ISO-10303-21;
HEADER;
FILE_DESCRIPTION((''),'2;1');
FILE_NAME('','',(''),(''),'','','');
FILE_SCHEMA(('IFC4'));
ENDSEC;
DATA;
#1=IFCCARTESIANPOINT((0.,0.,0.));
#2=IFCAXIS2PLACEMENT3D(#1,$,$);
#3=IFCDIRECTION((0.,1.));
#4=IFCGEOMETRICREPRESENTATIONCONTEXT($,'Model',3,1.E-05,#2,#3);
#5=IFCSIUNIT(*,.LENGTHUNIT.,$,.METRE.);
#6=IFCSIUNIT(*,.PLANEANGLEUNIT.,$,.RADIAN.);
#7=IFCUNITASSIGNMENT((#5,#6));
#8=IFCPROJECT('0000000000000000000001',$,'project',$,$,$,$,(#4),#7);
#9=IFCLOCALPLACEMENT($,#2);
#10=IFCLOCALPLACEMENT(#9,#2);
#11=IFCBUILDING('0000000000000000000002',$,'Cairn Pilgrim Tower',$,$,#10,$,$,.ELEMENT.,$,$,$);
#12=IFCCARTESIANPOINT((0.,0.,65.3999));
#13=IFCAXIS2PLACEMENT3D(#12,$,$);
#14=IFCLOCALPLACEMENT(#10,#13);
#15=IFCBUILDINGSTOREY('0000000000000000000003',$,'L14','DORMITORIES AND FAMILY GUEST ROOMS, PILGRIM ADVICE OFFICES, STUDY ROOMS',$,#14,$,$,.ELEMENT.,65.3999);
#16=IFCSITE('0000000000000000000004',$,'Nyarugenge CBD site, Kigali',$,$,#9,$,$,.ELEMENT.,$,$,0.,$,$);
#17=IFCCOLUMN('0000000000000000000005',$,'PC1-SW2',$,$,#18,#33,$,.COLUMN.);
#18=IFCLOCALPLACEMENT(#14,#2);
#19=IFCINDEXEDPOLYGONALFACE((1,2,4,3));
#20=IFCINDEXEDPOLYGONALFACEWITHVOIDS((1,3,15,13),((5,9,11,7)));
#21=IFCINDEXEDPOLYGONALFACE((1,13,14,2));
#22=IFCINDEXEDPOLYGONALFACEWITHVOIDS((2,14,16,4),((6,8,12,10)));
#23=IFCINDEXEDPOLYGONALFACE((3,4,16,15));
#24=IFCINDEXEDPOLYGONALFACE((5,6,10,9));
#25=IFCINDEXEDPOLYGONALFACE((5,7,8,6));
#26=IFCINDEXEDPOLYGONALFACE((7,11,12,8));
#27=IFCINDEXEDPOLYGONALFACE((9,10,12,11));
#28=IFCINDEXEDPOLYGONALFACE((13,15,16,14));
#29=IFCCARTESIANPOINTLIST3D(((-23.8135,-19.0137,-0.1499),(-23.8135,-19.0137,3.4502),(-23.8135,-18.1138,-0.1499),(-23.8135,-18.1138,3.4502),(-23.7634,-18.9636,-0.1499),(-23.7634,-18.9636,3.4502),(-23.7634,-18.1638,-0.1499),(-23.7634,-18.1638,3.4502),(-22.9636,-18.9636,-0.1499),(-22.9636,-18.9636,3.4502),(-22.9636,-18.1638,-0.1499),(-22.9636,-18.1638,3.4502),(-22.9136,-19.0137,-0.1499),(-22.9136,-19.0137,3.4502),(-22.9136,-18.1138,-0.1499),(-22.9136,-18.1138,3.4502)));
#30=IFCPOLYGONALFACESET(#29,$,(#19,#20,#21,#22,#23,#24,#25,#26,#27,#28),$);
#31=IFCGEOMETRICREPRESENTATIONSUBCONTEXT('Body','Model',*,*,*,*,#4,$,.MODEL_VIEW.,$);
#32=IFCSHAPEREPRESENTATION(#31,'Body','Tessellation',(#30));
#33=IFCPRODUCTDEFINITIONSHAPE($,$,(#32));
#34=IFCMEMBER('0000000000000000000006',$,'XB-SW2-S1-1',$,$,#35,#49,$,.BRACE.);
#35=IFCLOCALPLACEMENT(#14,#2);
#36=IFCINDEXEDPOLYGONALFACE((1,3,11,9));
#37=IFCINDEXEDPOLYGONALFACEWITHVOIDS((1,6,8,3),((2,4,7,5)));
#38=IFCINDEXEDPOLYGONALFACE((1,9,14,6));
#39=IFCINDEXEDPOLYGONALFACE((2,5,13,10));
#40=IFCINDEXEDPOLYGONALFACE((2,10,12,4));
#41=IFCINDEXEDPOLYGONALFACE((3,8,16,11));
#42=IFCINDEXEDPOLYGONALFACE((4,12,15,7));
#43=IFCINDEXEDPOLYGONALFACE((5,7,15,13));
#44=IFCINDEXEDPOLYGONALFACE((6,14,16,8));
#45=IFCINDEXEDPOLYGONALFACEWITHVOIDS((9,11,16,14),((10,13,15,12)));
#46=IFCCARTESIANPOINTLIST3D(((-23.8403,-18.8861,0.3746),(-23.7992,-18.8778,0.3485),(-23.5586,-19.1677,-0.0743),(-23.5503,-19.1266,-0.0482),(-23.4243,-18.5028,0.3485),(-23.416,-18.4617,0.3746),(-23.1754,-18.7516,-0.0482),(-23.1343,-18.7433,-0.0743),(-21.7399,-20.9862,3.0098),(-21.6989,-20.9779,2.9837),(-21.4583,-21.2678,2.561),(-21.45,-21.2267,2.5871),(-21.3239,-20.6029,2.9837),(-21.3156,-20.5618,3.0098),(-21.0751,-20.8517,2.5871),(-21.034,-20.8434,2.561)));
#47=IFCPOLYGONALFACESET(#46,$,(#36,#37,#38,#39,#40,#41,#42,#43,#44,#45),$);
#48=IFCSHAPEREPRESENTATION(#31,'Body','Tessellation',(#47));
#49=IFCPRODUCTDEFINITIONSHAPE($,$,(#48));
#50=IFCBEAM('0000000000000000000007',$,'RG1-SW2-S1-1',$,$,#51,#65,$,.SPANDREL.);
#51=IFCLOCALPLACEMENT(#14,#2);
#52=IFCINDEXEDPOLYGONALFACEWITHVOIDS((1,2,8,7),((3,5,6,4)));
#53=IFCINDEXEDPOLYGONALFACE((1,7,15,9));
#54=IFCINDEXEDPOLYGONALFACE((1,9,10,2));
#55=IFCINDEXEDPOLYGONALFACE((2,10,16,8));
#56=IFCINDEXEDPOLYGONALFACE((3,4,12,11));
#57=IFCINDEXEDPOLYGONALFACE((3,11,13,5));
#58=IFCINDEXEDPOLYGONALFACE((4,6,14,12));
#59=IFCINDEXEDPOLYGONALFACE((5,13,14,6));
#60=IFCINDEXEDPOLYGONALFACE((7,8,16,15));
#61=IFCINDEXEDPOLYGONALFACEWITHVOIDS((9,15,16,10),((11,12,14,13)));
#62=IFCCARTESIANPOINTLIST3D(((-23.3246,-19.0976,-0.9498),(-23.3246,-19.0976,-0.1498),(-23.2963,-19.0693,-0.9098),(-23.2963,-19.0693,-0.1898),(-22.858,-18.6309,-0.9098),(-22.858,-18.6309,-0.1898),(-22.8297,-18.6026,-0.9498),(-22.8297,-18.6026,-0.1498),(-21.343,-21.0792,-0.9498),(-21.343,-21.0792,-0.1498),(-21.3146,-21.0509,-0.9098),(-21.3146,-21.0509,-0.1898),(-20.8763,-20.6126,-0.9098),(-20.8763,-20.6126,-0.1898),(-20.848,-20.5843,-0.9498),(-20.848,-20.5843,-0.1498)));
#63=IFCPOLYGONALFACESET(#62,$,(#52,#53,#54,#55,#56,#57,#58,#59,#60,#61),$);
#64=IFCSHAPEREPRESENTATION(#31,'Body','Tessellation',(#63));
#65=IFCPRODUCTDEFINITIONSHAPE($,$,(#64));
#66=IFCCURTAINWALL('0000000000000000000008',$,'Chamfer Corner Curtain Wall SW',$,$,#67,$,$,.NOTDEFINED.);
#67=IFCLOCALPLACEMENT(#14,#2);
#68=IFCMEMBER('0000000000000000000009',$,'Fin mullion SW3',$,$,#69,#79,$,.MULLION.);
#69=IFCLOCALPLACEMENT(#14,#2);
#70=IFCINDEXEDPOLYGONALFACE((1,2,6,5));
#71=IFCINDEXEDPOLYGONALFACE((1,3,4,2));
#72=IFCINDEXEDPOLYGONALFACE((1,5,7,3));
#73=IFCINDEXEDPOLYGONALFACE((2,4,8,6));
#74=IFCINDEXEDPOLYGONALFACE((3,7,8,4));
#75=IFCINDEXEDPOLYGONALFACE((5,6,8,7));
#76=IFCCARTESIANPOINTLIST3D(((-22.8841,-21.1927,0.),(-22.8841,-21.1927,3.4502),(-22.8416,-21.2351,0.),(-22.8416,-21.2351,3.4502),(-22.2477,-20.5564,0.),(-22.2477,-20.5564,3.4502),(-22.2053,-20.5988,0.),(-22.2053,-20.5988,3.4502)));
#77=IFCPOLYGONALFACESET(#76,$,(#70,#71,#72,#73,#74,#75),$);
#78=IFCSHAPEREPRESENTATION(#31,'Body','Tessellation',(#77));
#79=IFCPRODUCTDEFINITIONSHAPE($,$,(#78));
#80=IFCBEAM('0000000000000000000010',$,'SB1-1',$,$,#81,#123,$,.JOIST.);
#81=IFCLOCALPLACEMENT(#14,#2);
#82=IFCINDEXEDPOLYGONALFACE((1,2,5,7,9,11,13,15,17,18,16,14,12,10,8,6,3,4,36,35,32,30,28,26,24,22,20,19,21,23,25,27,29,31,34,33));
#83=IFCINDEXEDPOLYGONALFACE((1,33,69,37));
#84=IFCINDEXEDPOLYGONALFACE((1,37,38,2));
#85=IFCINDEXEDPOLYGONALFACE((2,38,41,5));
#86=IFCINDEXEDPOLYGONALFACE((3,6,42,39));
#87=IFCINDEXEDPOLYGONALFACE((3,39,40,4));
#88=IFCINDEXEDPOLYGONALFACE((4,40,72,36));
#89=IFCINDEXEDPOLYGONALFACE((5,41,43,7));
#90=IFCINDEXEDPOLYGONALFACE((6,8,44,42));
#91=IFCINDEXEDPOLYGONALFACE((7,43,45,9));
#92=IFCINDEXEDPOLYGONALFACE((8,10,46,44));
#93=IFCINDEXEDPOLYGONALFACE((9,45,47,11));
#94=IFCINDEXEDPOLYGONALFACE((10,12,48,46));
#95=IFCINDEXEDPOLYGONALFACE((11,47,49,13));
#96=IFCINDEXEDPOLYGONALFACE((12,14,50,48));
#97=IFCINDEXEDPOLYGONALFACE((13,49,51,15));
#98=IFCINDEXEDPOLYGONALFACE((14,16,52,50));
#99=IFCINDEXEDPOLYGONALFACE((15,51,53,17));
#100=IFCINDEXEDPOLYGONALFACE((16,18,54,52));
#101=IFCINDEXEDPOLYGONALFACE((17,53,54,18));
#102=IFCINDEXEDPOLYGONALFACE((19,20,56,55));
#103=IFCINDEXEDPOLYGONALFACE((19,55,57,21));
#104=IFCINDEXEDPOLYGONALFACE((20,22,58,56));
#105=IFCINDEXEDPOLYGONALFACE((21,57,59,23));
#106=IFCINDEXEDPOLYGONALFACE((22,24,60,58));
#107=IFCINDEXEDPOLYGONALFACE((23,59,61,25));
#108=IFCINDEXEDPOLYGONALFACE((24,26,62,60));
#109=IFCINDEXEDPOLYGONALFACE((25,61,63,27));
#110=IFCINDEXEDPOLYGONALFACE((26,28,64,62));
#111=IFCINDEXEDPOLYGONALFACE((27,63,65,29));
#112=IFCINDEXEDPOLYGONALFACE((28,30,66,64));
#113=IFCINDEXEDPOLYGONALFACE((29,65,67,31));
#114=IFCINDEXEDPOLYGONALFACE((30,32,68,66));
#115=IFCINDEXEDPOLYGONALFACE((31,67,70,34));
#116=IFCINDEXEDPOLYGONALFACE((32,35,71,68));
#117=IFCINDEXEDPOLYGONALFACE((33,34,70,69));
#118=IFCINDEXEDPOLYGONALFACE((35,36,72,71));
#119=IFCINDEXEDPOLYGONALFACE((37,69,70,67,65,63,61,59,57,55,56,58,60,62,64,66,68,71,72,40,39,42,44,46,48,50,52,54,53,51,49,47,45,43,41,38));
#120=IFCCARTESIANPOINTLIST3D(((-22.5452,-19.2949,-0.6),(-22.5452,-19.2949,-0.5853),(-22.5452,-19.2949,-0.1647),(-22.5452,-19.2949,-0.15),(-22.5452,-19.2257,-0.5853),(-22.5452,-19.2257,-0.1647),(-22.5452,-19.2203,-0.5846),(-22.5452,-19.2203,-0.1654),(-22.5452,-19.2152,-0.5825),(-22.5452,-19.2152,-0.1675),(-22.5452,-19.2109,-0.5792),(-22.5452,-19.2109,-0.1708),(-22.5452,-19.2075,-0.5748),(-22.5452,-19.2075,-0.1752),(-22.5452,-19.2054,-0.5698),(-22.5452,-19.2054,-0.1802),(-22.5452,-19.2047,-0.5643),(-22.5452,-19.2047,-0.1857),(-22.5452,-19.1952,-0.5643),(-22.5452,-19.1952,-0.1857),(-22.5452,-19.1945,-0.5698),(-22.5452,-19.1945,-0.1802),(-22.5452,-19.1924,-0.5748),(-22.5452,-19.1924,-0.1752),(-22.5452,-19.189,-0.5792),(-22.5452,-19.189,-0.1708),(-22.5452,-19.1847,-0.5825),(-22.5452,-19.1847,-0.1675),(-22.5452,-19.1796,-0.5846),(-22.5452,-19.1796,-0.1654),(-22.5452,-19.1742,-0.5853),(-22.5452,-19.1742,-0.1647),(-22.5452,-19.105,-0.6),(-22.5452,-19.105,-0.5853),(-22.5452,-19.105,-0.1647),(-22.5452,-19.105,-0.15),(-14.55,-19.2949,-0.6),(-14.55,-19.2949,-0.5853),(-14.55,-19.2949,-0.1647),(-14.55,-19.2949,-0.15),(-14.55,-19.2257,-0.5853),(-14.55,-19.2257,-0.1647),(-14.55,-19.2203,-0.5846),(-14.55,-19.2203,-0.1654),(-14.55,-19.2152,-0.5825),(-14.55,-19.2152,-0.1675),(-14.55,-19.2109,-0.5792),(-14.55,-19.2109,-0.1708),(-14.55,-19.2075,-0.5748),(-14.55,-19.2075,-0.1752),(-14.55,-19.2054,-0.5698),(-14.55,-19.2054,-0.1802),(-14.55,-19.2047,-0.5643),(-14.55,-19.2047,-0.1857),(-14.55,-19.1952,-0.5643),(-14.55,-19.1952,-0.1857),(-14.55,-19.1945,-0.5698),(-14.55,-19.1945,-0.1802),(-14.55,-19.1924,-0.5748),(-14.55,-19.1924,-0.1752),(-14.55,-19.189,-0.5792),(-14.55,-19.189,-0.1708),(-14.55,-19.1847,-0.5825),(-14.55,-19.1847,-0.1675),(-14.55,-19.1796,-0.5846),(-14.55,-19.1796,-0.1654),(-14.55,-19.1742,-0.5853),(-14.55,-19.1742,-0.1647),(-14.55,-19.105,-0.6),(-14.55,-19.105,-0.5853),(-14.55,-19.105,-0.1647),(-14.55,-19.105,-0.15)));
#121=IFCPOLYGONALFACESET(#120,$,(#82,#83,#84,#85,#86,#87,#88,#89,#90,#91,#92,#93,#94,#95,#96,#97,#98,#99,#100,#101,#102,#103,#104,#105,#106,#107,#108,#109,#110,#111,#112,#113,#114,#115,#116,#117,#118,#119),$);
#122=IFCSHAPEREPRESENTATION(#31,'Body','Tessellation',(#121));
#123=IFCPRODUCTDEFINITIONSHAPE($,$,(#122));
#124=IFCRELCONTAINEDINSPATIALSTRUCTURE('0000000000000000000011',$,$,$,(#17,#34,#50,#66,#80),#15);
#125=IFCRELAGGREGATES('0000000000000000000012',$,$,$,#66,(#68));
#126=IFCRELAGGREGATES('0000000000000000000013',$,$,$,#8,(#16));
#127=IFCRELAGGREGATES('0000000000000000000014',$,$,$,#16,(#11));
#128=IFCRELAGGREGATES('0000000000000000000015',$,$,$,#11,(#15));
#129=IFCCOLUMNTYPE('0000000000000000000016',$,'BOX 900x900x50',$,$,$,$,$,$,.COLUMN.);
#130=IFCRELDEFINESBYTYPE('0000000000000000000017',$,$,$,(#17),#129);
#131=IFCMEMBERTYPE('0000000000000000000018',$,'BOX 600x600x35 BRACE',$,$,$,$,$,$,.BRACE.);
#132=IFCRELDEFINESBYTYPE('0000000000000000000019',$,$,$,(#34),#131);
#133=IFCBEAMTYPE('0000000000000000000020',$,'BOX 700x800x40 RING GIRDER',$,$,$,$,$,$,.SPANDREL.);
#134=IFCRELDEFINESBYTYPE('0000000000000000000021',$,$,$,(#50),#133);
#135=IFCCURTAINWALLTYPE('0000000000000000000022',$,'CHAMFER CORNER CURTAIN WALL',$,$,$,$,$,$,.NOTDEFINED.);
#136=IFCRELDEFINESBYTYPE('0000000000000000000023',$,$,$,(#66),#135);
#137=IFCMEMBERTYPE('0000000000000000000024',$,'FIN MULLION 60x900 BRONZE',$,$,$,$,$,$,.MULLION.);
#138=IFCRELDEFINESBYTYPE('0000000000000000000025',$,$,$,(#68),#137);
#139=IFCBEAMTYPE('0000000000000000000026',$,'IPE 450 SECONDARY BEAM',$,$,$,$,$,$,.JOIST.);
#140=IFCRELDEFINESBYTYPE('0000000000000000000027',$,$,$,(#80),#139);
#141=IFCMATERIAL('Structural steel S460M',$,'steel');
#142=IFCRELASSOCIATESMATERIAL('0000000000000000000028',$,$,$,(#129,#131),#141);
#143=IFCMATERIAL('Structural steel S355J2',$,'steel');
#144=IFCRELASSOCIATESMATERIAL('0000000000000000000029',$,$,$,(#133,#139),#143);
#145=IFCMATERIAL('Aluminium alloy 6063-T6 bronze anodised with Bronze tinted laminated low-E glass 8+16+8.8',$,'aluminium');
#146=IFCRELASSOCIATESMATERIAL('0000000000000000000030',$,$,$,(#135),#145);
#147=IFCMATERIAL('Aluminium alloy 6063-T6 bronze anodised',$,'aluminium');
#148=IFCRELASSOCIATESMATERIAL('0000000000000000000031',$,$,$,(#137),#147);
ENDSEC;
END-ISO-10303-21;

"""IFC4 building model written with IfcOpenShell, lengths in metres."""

from ifc_helpers import new_model, si_unit, direction, frame, origin, origin_2d, place, context, subcontext, project, spatial, rectangle, hollow_rectangle, i_section, extrude, material, material_profile, profile_set, type_object, element, aggregate, save


model = new_model("IFC4")

# Units and contexts
model_context = context("Model", 3, precision=1e-05, world=origin(), true_north=direction((0.0, 1.0)))
body_context = subcontext(model_context, "Body", "Model", "MODEL_VIEW")
ifc_project = project(units=[si_unit("LENGTHUNIT", "METRE"), si_unit("PLANEANGLEUNIT", "RADIAN")], contexts=[model_context])

# Site, building, storey
site_placement = place(None, origin())
site = spatial("IfcSite", under=ifc_project, at=site_placement, Name="Nyarugenge CBD site, Kigali", CompositionType="ELEMENT", RefElevation=0.0)
building_placement = place(site_placement, origin())
building = spatial("IfcBuilding", under=site, at=building_placement, Name="Cairn Pilgrim Tower", CompositionType="ELEMENT")
storey_placement = place(building_placement, frame((0.0, 0.0, 65.3999)))
storey = spatial("IfcBuildingStorey", under=building, at=storey_placement, Name="L14", Description="DORMITORIES AND FAMILY GUEST ROOMS, PILGRIM ADVICE OFFICES, STUDY ROOMS", CompositionType="ELEMENT", Elevation=65.3999)

# Column
ifc_material_1 = material(Name="Structural steel S460M", Category="steel")
ifc_material_profile_1 = material_profile(ifc_material_1, hollow_rectangle(XDim=0.8999, YDim=0.8999, WallThickness=0.05, at=origin_2d()), Name="BOX 900x900x50")
ifc_profile_set_1 = profile_set([ifc_material_profile_1], Name="Structural steel S460M")
column_type = type_object("IfcColumnType", Name="BOX 900x900x50", PredefinedType="COLUMN", material=ifc_profile_set_1)
column_placement = place(storey_placement, frame((-23.3635, -18.5637, -0.1499), z_axis=(0.0, 0.0, 1.0), x_axis=(1.0, 0.0, 0.0)))
element("IfcColumn", 1, at=column_placement, inside=storey, type_object=column_type, Name="PC1-SW2", PredefinedType="COLUMN", context=body_context, shape_type="SweptSolid", body=[
    extrude(hollow_rectangle(XDim=0.8999, YDim=0.8999, WallThickness=0.05, at=origin_2d()), origin(), (0.0, 0.0, 1.0), 3.6001),
])

# Member
ifc_material_profile_2 = material_profile(ifc_material_1, hollow_rectangle(XDim=0.6001, YDim=0.6001, WallThickness=0.0349, at=origin_2d()), Name="BOX 600x600x35")
ifc_profile_set_2 = profile_set([ifc_material_profile_2], Name="Structural steel S460M")
member_type_1 = type_object("IfcMemberType", Name="BOX 600x600x35 BRACE", PredefinedType="BRACE", material=ifc_profile_set_2)
member_1_placement = place(storey_placement, frame((-23.4873, -18.8147, 0.1501), z_axis=(0.528961, -0.528899, 0.663676), x_axis=(0.707066, 0.707148, 0.0)))
element("IfcMember", 2, at=member_1_placement, inside=storey, type_object=member_type_1, Name="XB-SW2-S1-1", PredefinedType="BRACE", context=body_context, shape_type="SweptSolid", body=[
    extrude(hollow_rectangle(XDim=0.6001, YDim=0.6001, WallThickness=0.0349, at=origin_2d()), origin(), (0.0, 0.0, 1.0), 3.9707),
])

# Beam
ifc_material_2 = material(Name="Structural steel S355J2", Category="steel")
ifc_material_profile_3 = material_profile(ifc_material_2, hollow_rectangle(XDim=0.7, YDim=0.8, WallThickness=0.04, at=origin_2d()), Name="BOX 700x800x40")
ifc_profile_set_3 = profile_set([ifc_material_profile_3], Name="Structural steel S355J2")
beam_type_1 = type_object("IfcBeamType", Name="BOX 700x800x40 RING GIRDER", PredefinedType="SPANDREL", material=ifc_profile_set_3)
beam_1_placement = place(storey_placement, frame((-23.0771, -18.8501, -0.5498), z_axis=(0.707107, -0.707107, 0.0), x_axis=(0.707107, 0.707107, 0.0)))
element("IfcBeam", 3, at=beam_1_placement, inside=storey, type_object=beam_type_1, Name="RG1-SW2-S1-1", PredefinedType="SPANDREL", context=body_context, shape_type="SweptSolid", body=[
    extrude(hollow_rectangle(XDim=0.7, YDim=0.8, WallThickness=0.04, at=origin_2d()), origin(), (0.0, 0.0, 1.0), 2.8025),
])

# Curtain wall, member
ifc_material_3 = material(Name="Aluminium alloy 6063-T6 bronze anodised with Bronze tinted laminated low-E glass 8+16+8.8", Category="aluminium")
curtain_wall_type = type_object("IfcCurtainWallType", Name="CHAMFER CORNER CURTAIN WALL", PredefinedType="NOTDEFINED", material=ifc_material_3)
curtain_wall_placement = place(storey_placement, origin())
curtain_wall = element("IfcCurtainWall", 4, at=curtain_wall_placement, inside=storey, type_object=curtain_wall_type, Name="Chamfer Corner Curtain Wall SW", PredefinedType="NOTDEFINED")
ifc_material_4 = material(Name="Aluminium alloy 6063-T6 bronze anodised", Category="aluminium")
ifc_material_profile_4 = material_profile(ifc_material_4, rectangle(XDim=0.8999, YDim=0.0601, at=origin_2d()), Name="FIN MULLION 60x900 BRONZE")
ifc_profile_set_4 = profile_set([ifc_material_profile_4], Name="Aluminium alloy 6063-T6 bronze anodised")
member_type_2 = type_object("IfcMemberType", Name="FIN MULLION 60x900 BRONZE", PredefinedType="MULLION", material=ifc_profile_set_4)
member_2_placement = place(storey_placement, frame((-22.5447, -20.8958, 0.0), z_axis=(0.0, 0.0, 1.0), x_axis=(-0.707107, -0.707107, 0.0)))
member_2 = element("IfcMember", 5, at=member_2_placement, type_object=member_type_2, Name="Fin mullion SW3", PredefinedType="MULLION", context=body_context, shape_type="SweptSolid", body=[
    extrude(rectangle(XDim=0.8999, YDim=0.0601, at=origin_2d()), origin(), (0.0, 0.0, 1.0), 3.4502),
])
aggregate(curtain_wall, [member_2])

# Beam
ifc_material_profile_5 = material_profile(ifc_material_2, i_section(OverallWidth=0.1899, OverallDepth=0.45, WebThickness=0.0095, FlangeThickness=0.0146, FilletRadius=0.021, at=origin_2d()), Name="IPE 450")
ifc_profile_set_5 = profile_set([ifc_material_profile_5], Name="Structural steel S355J2")
beam_type_2 = type_object("IfcBeamType", Name="IPE 450 SECONDARY BEAM", PredefinedType="JOIST", material=ifc_profile_set_5)
beam_2_placement = place(storey_placement, frame((-22.5452, -19.2, -0.375), z_axis=(1.0, 0.0, 0.0), x_axis=(0.0, 1.0, 0.0)))
element("IfcBeam", 6, at=beam_2_placement, inside=storey, type_object=beam_type_2, Name="SB1-1", PredefinedType="JOIST", context=body_context, shape_type="SweptSolid", body=[
    extrude(i_section(OverallWidth=0.1899, OverallDepth=0.45, WebThickness=0.0095, FlangeThickness=0.0146, FilletRadius=0.021, at=origin_2d()), origin(), (0.0, 0.0, 1.0), 7.9951),
])

save(model, "model.ifc")
